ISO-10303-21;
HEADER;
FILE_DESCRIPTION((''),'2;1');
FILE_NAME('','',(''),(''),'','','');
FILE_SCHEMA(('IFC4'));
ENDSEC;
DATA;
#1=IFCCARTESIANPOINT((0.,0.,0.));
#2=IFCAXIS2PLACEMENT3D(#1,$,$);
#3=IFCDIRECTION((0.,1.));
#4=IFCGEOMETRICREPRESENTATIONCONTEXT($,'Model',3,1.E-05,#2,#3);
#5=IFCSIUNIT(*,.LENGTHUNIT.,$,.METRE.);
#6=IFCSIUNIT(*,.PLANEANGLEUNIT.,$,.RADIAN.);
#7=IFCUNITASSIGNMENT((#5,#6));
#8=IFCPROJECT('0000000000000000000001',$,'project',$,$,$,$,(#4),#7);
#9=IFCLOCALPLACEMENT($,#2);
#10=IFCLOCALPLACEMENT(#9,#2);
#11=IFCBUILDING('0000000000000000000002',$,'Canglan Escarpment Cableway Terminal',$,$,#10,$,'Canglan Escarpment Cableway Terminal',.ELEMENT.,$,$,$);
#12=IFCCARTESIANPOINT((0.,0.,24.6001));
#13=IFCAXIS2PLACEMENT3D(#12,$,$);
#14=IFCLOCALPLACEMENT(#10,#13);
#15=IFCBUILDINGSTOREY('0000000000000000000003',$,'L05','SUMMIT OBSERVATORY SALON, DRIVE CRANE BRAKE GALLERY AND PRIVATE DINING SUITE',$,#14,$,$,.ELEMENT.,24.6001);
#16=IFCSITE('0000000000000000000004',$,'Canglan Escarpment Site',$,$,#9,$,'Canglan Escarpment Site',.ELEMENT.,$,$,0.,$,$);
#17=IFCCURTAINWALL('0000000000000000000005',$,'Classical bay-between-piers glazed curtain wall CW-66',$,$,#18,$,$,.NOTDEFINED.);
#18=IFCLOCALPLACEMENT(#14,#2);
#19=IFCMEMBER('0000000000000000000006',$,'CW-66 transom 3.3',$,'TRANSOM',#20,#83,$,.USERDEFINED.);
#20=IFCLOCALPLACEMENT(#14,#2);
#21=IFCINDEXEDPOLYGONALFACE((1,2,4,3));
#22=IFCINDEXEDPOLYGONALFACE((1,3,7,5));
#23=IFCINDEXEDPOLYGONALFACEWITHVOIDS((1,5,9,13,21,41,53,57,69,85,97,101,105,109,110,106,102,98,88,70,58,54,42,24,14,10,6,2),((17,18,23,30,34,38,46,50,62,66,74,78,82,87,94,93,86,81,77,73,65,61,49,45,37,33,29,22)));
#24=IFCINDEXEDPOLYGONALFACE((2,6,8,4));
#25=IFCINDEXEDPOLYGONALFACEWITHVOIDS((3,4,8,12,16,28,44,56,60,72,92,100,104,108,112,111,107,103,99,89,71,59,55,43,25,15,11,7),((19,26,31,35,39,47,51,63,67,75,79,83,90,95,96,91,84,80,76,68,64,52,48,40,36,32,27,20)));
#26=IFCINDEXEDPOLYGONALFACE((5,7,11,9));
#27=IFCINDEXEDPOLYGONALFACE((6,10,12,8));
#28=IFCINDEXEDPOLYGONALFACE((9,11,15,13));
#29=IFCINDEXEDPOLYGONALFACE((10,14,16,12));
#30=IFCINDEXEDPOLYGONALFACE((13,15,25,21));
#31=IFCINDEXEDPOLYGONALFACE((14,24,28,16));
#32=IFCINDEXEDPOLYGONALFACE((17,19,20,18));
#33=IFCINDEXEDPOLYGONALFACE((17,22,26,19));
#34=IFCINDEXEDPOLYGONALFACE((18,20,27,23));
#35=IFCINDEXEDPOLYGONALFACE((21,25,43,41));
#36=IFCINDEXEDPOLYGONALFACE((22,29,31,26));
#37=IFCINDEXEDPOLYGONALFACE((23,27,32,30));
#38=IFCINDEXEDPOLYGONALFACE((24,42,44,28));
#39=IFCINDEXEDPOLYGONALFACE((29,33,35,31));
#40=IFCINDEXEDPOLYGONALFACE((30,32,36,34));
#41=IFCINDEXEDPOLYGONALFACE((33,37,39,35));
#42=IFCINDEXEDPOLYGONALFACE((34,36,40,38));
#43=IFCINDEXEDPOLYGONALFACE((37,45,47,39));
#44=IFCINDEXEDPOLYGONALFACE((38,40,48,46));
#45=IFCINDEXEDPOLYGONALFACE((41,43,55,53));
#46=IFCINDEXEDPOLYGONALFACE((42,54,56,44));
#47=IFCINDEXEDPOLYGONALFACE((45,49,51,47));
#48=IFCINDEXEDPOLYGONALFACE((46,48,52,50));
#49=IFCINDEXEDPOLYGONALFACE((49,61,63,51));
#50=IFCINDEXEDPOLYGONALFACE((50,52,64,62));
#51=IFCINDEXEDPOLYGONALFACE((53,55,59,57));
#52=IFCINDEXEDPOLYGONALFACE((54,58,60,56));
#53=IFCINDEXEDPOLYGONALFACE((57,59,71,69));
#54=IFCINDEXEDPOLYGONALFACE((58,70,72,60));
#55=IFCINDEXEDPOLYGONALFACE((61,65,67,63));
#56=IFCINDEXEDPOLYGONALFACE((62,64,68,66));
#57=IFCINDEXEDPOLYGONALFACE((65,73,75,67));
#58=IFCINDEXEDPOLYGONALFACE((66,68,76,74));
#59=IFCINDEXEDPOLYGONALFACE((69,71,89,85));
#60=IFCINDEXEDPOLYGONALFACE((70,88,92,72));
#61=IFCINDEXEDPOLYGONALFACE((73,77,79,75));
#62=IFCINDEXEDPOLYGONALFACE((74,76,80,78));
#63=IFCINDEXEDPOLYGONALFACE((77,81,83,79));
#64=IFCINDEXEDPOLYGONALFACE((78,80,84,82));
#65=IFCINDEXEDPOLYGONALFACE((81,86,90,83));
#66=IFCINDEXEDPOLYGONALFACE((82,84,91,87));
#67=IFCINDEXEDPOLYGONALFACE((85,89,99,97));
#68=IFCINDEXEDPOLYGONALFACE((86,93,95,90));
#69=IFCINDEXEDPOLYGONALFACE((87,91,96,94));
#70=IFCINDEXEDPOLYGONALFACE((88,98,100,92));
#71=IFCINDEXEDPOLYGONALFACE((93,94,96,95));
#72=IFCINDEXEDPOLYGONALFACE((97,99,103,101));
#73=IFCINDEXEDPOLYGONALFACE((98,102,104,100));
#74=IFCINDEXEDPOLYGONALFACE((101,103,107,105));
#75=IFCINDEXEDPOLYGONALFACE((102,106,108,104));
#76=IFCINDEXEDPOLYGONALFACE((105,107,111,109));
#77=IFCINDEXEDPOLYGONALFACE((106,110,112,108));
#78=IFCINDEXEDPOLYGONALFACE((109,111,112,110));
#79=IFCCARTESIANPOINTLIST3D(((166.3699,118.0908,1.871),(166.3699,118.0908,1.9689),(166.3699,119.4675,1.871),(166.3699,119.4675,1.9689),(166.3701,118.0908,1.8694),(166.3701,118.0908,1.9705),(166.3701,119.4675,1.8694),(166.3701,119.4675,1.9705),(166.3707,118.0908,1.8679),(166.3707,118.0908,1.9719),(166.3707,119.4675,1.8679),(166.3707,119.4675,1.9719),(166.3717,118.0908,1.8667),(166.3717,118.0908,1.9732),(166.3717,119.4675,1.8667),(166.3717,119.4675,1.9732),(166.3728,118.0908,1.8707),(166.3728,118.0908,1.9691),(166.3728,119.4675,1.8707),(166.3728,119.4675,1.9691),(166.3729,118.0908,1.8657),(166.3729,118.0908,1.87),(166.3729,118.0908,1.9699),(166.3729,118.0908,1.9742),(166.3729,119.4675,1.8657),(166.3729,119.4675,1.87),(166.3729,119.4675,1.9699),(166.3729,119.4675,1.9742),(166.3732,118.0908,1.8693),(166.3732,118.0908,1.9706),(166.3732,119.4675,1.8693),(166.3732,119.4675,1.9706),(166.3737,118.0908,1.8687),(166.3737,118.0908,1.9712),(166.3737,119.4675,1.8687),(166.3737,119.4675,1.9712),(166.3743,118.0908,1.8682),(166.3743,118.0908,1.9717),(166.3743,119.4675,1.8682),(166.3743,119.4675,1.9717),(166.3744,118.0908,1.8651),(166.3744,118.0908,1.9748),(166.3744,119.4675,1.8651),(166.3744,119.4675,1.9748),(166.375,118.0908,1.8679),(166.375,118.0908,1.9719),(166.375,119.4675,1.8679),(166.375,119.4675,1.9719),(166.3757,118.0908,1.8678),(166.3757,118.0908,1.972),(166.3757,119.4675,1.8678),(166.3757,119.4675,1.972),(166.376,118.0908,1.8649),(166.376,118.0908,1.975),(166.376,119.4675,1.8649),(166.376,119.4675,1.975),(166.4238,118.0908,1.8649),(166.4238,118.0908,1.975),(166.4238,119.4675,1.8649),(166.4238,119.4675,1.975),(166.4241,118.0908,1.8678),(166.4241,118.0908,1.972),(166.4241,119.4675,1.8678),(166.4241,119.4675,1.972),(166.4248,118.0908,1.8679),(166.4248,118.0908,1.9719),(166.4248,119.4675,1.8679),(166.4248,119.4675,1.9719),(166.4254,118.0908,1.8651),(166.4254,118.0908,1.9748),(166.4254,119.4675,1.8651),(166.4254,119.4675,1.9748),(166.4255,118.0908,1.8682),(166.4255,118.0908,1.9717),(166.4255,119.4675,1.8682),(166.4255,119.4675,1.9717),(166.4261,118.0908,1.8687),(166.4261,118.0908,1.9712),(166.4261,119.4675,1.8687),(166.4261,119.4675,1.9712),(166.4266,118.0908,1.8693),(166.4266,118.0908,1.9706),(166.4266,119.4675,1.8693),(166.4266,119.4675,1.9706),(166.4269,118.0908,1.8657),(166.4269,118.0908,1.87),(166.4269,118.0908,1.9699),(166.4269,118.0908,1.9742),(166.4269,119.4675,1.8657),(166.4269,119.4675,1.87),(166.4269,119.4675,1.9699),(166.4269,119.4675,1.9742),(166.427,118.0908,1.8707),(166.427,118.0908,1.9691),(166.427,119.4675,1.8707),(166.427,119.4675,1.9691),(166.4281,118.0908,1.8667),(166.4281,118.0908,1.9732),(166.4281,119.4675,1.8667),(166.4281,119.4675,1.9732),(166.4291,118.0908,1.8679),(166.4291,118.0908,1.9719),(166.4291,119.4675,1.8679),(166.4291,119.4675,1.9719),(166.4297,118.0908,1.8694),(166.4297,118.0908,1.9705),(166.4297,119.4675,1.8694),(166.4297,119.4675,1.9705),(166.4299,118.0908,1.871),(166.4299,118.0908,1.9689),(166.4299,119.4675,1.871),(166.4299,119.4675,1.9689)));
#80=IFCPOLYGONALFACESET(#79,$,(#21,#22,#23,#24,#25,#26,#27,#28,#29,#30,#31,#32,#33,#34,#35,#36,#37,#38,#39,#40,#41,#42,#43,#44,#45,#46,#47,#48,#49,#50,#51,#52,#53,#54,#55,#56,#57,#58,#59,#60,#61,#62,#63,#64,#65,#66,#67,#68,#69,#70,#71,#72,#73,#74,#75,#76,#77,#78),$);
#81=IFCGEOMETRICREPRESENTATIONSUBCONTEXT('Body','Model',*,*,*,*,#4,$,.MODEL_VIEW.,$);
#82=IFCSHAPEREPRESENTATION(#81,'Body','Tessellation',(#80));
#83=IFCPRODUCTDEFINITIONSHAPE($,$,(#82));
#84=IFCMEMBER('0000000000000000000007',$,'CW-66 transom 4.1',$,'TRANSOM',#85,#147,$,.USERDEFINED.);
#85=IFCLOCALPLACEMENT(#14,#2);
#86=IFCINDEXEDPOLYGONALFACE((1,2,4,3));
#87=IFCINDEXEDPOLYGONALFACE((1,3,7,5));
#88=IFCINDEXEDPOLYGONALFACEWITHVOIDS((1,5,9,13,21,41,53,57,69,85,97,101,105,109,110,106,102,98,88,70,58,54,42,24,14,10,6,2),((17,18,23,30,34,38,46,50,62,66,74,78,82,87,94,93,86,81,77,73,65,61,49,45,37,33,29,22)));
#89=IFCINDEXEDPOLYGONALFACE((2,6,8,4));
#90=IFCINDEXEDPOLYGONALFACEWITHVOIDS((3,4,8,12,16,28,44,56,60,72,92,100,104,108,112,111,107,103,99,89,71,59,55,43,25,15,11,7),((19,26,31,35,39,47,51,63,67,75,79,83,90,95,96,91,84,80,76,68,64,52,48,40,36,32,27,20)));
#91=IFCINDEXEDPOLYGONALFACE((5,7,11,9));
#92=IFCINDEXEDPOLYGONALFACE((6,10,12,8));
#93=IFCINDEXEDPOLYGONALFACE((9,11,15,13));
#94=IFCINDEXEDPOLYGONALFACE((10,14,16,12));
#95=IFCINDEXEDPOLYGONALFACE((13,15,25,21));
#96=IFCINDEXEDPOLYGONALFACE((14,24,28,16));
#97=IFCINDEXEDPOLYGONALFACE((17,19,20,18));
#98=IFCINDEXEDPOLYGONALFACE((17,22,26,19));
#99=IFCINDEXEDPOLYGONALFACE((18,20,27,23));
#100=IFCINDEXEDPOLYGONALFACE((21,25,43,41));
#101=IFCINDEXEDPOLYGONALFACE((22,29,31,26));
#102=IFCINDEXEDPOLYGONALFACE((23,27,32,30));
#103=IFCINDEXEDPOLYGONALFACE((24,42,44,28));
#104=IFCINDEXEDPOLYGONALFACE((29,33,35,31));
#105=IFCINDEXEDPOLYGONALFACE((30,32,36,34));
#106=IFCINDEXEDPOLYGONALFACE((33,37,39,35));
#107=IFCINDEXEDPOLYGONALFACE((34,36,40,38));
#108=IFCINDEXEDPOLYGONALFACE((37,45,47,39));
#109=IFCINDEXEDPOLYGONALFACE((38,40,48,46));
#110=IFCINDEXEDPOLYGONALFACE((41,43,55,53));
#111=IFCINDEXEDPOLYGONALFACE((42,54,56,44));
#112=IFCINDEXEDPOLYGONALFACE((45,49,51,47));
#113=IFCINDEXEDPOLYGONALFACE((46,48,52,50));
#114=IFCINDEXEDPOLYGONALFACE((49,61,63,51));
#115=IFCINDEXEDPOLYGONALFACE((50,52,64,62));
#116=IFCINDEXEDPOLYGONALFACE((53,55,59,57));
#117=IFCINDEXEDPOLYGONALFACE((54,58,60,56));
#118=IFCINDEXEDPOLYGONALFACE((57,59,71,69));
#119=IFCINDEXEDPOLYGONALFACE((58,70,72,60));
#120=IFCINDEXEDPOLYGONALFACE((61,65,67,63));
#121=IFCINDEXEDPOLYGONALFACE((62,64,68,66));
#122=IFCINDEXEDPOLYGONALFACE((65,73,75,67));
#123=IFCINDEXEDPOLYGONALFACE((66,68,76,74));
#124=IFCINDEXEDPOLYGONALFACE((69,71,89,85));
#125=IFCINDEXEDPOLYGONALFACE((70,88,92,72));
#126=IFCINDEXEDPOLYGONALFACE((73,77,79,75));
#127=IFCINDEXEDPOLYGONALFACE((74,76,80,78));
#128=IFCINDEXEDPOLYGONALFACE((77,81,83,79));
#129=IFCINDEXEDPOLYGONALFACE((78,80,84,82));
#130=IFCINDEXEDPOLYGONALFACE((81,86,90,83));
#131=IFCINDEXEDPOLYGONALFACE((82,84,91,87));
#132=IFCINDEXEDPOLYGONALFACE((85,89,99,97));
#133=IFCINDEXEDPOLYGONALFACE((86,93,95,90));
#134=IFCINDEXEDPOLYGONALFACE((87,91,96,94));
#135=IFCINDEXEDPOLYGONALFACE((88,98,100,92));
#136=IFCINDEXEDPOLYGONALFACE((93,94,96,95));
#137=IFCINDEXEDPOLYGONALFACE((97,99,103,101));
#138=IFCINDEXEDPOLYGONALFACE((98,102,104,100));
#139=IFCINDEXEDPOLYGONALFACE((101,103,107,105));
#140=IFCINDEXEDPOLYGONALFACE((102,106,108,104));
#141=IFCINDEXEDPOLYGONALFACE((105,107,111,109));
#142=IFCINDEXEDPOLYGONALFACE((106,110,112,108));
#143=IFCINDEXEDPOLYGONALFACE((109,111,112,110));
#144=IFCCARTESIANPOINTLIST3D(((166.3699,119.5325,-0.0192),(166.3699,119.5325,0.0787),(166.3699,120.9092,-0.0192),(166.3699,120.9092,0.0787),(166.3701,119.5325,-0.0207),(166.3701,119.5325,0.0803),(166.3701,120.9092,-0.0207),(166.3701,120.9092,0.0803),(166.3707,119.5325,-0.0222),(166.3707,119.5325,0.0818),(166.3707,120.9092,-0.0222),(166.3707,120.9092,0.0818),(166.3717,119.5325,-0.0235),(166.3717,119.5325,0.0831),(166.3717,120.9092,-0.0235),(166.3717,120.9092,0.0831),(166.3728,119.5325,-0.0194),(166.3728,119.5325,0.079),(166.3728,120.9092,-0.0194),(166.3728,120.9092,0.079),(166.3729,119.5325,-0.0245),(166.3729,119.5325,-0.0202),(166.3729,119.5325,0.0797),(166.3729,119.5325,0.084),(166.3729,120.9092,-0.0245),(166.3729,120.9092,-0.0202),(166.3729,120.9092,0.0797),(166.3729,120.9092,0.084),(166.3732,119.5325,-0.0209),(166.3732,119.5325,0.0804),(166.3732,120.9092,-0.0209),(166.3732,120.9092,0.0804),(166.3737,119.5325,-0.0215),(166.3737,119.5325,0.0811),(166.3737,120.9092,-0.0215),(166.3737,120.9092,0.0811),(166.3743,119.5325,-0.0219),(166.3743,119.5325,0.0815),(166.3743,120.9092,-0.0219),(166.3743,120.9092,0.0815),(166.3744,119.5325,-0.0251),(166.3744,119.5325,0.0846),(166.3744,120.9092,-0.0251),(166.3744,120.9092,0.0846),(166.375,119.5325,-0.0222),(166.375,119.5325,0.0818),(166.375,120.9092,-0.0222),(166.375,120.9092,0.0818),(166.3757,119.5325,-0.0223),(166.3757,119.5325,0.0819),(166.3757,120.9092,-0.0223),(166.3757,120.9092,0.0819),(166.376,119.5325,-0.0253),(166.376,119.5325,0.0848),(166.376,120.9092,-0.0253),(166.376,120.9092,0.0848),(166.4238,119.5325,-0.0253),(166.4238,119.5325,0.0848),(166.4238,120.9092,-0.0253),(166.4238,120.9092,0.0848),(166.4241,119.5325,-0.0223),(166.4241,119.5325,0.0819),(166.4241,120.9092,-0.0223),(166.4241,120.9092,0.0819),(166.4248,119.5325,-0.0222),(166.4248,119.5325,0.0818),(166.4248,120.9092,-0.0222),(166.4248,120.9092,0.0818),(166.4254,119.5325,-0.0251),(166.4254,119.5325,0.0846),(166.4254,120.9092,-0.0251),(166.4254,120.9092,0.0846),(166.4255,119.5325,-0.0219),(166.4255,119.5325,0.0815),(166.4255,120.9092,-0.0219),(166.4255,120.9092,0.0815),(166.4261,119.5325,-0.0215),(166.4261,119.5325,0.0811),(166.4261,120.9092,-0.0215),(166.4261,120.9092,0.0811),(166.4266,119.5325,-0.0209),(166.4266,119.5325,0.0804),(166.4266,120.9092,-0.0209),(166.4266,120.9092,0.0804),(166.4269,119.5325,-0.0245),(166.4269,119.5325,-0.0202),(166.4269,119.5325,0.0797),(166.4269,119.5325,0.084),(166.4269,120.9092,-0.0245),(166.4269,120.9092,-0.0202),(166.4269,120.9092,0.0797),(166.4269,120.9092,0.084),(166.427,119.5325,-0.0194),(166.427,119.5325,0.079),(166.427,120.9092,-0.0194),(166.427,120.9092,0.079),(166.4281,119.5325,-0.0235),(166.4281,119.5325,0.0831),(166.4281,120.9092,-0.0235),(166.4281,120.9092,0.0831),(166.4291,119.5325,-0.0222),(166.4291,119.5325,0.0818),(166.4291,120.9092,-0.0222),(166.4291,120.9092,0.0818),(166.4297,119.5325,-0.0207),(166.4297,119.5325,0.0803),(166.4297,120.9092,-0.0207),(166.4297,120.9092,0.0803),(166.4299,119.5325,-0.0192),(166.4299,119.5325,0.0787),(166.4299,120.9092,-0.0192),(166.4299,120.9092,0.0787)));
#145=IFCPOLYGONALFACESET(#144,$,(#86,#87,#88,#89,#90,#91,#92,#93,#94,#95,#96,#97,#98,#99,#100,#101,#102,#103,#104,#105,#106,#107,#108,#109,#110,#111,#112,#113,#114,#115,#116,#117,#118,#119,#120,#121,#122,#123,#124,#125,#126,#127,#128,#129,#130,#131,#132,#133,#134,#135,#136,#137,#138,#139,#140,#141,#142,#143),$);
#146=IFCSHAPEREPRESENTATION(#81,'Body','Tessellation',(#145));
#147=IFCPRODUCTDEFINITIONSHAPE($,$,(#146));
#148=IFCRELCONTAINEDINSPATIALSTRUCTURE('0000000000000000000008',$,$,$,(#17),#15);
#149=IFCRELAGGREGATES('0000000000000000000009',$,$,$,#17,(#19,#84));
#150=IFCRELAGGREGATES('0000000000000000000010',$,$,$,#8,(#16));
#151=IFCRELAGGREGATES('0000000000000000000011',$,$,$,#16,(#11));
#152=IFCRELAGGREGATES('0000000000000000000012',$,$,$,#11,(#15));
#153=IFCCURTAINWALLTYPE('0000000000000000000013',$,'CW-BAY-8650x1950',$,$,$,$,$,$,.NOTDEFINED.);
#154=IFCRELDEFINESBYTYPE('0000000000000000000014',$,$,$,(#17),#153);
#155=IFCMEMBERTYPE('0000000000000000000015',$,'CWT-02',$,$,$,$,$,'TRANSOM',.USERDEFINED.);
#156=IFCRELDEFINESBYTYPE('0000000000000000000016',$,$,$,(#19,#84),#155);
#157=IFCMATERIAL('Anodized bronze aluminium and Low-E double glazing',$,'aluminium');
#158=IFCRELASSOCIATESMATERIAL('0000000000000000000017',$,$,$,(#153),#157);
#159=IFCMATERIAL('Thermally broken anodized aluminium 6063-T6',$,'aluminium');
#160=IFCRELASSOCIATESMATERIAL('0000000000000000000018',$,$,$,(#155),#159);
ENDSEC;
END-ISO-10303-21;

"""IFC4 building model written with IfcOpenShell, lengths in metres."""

from ifc_helpers import new_model, si_unit, direction, frame, origin, origin_2d, place, context, subcontext, project, spatial, hollow_rectangle, extrude, material, material_profile, profile_set, type_object, element, aggregate, save


model = new_model("IFC4")

# Units and contexts
model_context = context("Model", 3, precision=1e-05, world=origin(), true_north=direction((0.0, 1.0)))
body_context = subcontext(model_context, "Body", "Model", "MODEL_VIEW")
ifc_project = project(units=[si_unit("LENGTHUNIT", "METRE"), si_unit("PLANEANGLEUNIT", "RADIAN")], contexts=[model_context])

# Site, building, storey
site_placement = place(None, origin())
site = spatial("IfcSite", under=ifc_project, at=site_placement, Name="Canglan Escarpment Site", LongName="Canglan Escarpment Site", CompositionType="ELEMENT", RefElevation=0.0)
building_placement = place(site_placement, origin())
building = spatial("IfcBuilding", under=site, at=building_placement, Name="Canglan Escarpment Cableway Terminal", LongName="Canglan Escarpment Cableway Terminal", CompositionType="ELEMENT")
storey_placement = place(building_placement, frame((0.0, 0.0, 24.6001)))
storey = spatial("IfcBuildingStorey", under=building, at=storey_placement, Name="L05", Description="SUMMIT OBSERVATORY SALON, DRIVE CRANE BRAKE GALLERY AND PRIVATE DINING SUITE", CompositionType="ELEMENT", Elevation=24.6001)

# Curtain wall, members
ifc_material_1 = material(Name="Anodized bronze aluminium and Low-E double glazing", Category="aluminium")
curtain_wall_type = type_object("IfcCurtainWallType", Name="CW-BAY-8650x1950", PredefinedType="NOTDEFINED", material=ifc_material_1)
curtain_wall_placement = place(storey_placement, origin())
curtain_wall = element("IfcCurtainWall", 1, at=curtain_wall_placement, inside=storey, type_object=curtain_wall_type, Name="Classical bay-between-piers glazed curtain wall CW-66", PredefinedType="NOTDEFINED")
ifc_material_2 = material(Name="Thermally broken anodized aluminium 6063-T6", Category="aluminium")
ifc_material_profile_1 = material_profile(ifc_material_2, hollow_rectangle(XDim=0.0601, YDim=0.1101, WallThickness=0.0029, InnerFilletRadius=0.0029, OuterFilletRadius=0.0061, at=origin_2d()), Name="ALU-TRAN 60x110x3")
ifc_profile_set_1 = profile_set([ifc_material_profile_1], Name="Thermally broken anodized aluminium 6063-T6")
member_type_1 = type_object("IfcMemberType", Name="CWT-02", ElementType="TRANSOM", PredefinedType="USERDEFINED", material=ifc_profile_set_1)
member_1_placement = place(storey_placement, frame((166.3999, 118.0908, 1.9199), z_axis=(0.0, 1.0, 0.0), x_axis=(-1.0, 0.0, 0.0)))
member_1 = element("IfcMember", 2, at=member_1_placement, type_object=member_type_1, Name="CW-66 transom 3.3", ObjectType="TRANSOM", PredefinedType="USERDEFINED", context=body_context, shape_type="SweptSolid", body=[
    extrude(hollow_rectangle(XDim=0.0601, YDim=0.1101, WallThickness=0.0029, InnerFilletRadius=0.0029, OuterFilletRadius=0.0061, at=origin_2d()), origin(), (0.0, 0.0, 1.0), 1.3767),
])
member_2_placement = place(storey_placement, frame((166.3999, 119.5325, 0.0298), z_axis=(0.0, 1.0, 0.0), x_axis=(-1.0, 0.0, 0.0)))
member_2 = element("IfcMember", 3, at=member_2_placement, type_object=member_type_1, Name="CW-66 transom 4.1", ObjectType="TRANSOM", PredefinedType="USERDEFINED", context=body_context, shape_type="SweptSolid", body=[
    extrude(hollow_rectangle(XDim=0.0601, YDim=0.1101, WallThickness=0.0029, InnerFilletRadius=0.0029, OuterFilletRadius=0.0061, at=origin_2d()), origin(), (0.0, 0.0, 1.0), 1.3767),
])

aggregate(curtain_wall, [member_1, member_2])

save(model, "model.ifc")
